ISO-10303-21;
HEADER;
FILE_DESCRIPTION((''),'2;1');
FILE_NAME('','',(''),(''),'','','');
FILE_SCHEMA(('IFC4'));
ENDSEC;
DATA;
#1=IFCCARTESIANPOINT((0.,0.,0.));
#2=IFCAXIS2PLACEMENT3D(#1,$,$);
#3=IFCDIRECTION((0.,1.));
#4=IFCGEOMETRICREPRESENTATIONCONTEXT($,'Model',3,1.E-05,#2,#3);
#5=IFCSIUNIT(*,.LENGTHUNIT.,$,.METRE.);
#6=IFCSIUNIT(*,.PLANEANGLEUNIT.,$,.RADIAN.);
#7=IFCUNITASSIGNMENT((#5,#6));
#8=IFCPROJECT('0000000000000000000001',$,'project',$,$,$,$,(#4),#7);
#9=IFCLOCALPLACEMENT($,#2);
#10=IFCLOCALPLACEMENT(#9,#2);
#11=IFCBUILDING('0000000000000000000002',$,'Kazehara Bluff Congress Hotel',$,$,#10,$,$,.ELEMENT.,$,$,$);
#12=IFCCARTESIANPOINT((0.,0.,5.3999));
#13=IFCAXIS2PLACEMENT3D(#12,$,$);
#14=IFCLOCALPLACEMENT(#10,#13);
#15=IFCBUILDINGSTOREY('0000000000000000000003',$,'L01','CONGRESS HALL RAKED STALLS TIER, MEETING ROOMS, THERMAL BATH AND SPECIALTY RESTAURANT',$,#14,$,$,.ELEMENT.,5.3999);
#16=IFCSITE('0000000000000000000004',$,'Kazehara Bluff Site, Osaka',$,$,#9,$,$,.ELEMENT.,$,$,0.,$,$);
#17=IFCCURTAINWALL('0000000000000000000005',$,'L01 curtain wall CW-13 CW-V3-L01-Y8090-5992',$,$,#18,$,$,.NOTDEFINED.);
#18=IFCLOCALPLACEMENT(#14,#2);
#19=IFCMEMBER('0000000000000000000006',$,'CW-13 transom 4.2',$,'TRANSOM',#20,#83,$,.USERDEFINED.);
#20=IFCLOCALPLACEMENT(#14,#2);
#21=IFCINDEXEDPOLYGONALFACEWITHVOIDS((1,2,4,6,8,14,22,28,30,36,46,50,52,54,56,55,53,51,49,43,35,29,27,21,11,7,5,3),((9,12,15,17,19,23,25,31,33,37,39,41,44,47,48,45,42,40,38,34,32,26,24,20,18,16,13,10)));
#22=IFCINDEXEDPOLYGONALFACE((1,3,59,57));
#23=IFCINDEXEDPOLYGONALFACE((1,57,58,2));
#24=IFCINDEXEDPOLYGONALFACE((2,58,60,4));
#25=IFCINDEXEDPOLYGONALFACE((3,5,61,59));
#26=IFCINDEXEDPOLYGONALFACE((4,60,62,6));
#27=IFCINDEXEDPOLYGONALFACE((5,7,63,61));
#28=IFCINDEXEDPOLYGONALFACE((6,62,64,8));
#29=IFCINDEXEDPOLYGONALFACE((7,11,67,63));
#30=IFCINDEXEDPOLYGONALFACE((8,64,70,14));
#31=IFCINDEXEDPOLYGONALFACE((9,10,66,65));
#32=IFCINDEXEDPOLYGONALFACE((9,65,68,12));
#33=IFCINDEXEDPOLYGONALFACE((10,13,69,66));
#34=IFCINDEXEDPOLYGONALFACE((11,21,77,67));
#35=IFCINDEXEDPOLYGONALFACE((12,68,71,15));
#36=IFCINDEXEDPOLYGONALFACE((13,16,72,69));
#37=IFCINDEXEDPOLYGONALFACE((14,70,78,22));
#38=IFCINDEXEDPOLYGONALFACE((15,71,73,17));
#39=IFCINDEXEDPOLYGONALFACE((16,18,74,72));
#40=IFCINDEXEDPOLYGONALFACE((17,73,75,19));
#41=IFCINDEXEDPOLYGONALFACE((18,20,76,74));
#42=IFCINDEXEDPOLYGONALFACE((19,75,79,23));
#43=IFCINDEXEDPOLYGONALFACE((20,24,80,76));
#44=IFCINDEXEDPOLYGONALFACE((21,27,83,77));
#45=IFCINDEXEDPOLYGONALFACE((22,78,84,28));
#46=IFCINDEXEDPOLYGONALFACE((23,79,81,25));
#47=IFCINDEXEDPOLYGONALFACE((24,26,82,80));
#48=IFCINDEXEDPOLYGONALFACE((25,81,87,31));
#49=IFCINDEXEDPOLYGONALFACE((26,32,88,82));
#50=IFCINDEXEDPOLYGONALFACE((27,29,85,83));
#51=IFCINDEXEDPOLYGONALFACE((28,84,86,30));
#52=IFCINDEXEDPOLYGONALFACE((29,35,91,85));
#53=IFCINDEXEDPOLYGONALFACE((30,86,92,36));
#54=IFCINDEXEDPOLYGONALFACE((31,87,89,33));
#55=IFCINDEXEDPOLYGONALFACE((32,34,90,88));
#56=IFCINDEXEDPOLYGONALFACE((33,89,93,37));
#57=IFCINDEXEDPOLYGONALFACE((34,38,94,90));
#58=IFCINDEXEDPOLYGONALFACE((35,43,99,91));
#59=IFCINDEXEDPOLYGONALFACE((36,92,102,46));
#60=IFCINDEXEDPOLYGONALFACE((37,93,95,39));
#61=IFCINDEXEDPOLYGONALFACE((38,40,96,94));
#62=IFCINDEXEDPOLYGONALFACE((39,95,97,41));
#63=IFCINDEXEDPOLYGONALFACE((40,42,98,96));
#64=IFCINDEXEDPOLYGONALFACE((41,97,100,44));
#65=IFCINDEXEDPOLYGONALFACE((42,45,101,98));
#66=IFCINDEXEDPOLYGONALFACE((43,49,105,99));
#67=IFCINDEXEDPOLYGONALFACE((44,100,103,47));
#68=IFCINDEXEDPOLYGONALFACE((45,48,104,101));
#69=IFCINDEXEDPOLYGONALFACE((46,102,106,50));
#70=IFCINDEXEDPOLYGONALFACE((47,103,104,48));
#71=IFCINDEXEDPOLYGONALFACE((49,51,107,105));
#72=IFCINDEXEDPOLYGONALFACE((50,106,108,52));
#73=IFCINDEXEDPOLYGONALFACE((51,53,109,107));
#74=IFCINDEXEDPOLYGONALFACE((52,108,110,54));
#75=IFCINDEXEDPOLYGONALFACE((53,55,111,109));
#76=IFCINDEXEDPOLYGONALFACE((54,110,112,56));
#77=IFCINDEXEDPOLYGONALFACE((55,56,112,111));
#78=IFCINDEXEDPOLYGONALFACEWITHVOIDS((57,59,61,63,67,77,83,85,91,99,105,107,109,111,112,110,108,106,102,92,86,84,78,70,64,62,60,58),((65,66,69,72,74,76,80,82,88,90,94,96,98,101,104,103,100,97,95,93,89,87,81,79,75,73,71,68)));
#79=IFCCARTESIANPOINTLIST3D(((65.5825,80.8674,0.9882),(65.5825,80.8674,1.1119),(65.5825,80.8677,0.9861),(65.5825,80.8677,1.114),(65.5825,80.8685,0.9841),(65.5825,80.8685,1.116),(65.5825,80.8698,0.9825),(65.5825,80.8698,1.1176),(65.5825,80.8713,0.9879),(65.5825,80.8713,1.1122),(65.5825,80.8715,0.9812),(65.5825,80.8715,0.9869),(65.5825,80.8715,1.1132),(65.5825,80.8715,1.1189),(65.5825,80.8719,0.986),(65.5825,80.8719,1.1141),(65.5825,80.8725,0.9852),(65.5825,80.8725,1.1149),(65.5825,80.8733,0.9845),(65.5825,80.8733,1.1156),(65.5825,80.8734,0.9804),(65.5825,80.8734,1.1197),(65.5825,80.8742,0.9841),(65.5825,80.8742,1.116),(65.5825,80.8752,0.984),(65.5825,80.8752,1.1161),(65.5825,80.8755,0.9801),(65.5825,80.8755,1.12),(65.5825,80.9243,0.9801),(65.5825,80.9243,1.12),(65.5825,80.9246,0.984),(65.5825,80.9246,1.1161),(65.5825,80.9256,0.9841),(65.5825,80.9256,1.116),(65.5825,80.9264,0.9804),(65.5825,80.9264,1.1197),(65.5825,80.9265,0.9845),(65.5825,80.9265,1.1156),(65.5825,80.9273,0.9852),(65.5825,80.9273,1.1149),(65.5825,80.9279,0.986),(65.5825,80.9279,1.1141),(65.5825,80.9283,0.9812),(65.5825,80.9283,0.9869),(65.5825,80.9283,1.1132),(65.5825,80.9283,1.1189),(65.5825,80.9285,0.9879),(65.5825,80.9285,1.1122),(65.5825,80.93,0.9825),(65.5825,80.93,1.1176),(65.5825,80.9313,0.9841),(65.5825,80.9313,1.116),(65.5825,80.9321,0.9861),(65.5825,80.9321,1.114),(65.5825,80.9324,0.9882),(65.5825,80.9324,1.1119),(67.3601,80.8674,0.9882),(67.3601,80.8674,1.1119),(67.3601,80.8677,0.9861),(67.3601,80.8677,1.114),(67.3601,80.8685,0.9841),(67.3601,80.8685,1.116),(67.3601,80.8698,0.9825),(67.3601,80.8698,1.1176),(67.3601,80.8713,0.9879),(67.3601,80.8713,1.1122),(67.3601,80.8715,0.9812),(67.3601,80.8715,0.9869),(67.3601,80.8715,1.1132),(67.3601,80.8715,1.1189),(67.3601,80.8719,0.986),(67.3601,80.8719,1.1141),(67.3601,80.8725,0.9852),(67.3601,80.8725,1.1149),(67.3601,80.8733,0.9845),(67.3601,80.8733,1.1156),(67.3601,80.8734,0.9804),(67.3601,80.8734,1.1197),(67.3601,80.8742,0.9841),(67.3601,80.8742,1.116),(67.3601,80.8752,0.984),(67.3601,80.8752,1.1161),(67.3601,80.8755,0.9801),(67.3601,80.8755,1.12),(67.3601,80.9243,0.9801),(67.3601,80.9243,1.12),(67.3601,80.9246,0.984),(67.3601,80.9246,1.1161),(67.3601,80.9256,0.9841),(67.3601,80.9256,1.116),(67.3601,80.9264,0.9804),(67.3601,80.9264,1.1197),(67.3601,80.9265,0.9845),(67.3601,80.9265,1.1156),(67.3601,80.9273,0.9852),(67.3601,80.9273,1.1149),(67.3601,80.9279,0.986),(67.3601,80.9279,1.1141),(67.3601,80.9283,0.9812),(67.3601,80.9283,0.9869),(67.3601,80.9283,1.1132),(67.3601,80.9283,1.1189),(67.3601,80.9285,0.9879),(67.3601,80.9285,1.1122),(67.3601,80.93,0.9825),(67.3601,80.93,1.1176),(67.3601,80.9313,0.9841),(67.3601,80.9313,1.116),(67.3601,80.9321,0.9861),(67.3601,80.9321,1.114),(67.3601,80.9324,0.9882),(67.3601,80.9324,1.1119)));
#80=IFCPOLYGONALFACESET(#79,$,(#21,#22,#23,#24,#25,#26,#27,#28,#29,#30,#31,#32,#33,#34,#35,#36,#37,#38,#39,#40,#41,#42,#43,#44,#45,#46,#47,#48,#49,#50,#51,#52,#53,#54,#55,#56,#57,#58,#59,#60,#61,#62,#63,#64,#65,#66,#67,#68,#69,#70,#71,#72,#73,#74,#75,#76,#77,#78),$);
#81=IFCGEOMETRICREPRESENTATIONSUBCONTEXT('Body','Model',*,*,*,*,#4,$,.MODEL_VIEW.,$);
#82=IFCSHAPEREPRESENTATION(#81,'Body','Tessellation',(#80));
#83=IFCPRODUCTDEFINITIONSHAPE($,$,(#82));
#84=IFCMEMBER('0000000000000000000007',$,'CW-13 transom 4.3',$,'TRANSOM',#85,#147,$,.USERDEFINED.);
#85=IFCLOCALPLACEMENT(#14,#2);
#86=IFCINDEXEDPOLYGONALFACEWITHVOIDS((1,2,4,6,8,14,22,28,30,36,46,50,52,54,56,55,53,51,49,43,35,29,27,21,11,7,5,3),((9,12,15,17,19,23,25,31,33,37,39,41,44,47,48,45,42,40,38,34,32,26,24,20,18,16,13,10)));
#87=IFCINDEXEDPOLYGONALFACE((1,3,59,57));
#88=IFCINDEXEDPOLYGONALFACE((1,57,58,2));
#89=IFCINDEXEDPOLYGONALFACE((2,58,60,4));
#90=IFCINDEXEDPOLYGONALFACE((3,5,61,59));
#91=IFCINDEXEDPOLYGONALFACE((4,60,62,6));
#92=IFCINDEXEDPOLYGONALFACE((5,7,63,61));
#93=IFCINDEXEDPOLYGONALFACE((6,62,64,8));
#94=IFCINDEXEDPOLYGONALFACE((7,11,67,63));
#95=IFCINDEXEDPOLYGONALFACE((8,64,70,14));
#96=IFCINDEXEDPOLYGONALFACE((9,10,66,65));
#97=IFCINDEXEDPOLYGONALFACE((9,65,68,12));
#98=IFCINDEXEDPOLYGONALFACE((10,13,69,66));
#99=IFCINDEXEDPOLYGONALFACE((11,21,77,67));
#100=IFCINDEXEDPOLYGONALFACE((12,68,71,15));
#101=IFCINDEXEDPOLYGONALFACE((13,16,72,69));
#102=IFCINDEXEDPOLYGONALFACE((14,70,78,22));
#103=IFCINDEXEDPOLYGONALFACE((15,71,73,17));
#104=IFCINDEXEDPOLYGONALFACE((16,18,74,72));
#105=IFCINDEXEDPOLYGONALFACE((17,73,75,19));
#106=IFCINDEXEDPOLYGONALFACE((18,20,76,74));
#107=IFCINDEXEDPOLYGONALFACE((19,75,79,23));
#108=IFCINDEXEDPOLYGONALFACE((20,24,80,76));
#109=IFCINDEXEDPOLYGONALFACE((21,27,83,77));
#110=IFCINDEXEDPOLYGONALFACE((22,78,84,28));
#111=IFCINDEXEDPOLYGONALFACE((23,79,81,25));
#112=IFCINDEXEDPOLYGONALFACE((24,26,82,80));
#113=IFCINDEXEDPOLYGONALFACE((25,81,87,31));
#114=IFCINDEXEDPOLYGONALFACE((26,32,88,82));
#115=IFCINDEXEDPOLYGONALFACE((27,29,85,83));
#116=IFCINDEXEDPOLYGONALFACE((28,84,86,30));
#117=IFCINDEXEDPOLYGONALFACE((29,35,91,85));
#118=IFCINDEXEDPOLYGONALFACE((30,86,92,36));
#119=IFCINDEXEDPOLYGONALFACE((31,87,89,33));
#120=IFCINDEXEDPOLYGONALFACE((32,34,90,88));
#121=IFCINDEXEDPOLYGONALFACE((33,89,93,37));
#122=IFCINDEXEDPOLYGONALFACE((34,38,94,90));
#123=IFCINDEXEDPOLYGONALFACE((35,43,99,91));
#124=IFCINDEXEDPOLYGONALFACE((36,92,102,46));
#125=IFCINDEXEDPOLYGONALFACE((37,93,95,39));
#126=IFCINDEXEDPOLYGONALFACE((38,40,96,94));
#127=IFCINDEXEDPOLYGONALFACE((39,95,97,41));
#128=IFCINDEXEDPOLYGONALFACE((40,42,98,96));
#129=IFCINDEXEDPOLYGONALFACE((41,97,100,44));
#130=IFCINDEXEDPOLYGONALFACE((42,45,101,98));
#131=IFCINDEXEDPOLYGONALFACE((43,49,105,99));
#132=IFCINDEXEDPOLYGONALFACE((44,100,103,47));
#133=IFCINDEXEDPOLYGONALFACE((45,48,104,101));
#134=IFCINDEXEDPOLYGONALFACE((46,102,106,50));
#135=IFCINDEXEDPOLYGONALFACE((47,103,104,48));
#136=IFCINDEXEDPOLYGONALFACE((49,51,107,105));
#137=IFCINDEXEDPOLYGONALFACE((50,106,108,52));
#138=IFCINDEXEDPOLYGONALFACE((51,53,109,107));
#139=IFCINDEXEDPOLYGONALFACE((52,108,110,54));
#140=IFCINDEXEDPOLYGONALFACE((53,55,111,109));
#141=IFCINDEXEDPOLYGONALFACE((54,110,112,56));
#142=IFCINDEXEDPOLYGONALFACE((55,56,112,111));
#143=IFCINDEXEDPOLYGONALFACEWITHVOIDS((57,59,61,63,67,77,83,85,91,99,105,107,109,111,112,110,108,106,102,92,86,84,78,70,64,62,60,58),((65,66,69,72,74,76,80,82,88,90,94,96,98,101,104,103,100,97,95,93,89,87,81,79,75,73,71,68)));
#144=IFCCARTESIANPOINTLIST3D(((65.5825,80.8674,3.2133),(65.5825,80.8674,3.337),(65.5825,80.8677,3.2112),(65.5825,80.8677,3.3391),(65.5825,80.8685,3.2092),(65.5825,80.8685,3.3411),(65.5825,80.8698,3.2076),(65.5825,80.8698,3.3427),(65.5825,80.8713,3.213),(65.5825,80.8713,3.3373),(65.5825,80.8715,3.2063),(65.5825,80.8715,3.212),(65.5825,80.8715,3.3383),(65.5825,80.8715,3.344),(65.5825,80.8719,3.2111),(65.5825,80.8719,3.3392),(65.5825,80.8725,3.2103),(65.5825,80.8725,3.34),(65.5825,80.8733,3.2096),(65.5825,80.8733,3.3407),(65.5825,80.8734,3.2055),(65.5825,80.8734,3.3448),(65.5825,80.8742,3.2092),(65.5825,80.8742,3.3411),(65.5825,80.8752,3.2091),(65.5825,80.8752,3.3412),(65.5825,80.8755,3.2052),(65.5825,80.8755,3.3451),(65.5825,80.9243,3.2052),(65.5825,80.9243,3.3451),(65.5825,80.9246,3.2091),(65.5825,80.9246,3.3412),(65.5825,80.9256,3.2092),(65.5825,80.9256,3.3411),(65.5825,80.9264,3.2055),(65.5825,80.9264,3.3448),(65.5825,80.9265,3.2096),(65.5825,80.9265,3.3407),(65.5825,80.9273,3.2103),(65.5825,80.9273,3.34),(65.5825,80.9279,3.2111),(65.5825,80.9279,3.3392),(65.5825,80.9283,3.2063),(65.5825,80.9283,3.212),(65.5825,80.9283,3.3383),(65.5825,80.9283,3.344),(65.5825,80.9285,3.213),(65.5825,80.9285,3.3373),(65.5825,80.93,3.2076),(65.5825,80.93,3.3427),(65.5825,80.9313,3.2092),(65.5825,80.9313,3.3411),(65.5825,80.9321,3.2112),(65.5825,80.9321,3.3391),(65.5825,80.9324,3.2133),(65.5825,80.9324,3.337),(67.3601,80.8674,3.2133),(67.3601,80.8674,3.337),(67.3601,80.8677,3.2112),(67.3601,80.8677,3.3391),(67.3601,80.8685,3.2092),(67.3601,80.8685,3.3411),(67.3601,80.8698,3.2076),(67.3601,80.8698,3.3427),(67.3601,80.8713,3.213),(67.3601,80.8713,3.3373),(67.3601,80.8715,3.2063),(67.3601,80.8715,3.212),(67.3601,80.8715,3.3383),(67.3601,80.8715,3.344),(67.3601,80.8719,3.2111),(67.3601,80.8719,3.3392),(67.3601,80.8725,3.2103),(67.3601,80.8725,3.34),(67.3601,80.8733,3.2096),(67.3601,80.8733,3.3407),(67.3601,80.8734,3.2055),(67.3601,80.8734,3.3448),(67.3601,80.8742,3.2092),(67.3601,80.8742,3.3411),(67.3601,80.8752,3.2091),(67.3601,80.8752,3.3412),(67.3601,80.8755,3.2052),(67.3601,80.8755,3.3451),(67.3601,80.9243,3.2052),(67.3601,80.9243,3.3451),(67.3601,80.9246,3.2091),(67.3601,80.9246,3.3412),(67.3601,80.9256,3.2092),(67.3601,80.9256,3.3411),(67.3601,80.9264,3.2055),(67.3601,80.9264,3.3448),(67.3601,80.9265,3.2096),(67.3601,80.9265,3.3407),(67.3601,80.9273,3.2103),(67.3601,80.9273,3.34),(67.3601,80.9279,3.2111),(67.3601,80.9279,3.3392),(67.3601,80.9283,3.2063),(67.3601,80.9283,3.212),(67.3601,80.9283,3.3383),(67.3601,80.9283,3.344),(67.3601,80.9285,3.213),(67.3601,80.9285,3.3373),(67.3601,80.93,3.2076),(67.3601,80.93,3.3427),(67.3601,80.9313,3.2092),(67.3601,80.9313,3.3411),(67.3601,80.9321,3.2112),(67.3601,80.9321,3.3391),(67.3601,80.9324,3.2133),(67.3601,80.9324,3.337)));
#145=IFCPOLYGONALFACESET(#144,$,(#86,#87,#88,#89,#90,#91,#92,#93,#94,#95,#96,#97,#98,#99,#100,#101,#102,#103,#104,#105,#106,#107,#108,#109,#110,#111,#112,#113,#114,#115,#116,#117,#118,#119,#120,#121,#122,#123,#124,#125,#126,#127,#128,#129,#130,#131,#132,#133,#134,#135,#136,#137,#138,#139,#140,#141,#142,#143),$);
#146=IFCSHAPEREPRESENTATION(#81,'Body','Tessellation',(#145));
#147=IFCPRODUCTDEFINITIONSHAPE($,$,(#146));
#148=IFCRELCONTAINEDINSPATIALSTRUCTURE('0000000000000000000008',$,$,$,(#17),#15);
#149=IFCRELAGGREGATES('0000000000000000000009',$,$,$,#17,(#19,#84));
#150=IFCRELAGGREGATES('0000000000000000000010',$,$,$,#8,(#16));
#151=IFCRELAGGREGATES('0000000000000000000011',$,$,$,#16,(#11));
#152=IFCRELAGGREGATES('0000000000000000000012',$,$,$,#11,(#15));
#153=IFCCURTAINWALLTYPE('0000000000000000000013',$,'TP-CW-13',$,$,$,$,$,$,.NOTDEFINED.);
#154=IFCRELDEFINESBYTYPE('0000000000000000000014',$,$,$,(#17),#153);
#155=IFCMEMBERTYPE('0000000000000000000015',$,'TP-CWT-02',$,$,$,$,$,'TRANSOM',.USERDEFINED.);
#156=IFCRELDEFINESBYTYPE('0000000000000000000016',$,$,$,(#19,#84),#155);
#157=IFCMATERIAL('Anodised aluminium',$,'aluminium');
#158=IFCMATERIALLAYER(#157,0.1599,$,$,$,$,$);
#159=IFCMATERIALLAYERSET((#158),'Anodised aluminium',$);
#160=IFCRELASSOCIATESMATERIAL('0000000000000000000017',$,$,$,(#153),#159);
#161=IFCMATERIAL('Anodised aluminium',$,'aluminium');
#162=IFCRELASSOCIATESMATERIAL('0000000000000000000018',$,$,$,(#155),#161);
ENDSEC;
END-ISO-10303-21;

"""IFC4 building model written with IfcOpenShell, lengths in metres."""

from ifc_helpers import new_model, si_unit, direction, frame, origin, origin_2d, place, context, subcontext, project, spatial, hollow_rectangle, extrude, material, layer, layer_set, material_profile, profile_set, type_object, element, aggregate, save


model = new_model("IFC4")

# Units and contexts
model_context = context("Model", 3, precision=1e-05, world=origin(), true_north=direction((0.0, 1.0)))
body_context = subcontext(model_context, "Body", "Model", "MODEL_VIEW")
ifc_project = project(units=[si_unit("LENGTHUNIT", "METRE"), si_unit("PLANEANGLEUNIT", "RADIAN")], contexts=[model_context])

# Site, building, storey
site_placement = place(None, origin())
site = spatial("IfcSite", under=ifc_project, at=site_placement, Name="Kazehara Bluff Site, Osaka", CompositionType="ELEMENT", RefElevation=0.0)
building_placement = place(site_placement, origin())
building = spatial("IfcBuilding", under=site, at=building_placement, Name="Kazehara Bluff Congress Hotel", CompositionType="ELEMENT")
storey_placement = place(building_placement, frame((0.0, 0.0, 5.3999)))
storey = spatial("IfcBuildingStorey", under=building, at=storey_placement, Name="L01", Description="CONGRESS HALL RAKED STALLS TIER, MEETING ROOMS, THERMAL BATH AND SPECIALTY RESTAURANT", CompositionType="ELEMENT", Elevation=5.3999)

# Curtain wall
ifc_material_1 = material(Name="Anodised aluminium", Category="aluminium")
ifc_layer_1 = layer(ifc_material_1, 0.1599)
ifc_layer_set_1 = layer_set([ifc_layer_1], Name="Anodised aluminium")
curtain_wall_type_1 = type_object("IfcCurtainWallType", Name="TP-CW-13", PredefinedType="NOTDEFINED", material=ifc_layer_set_1)
curtain_wall_1_placement = place(storey_placement, origin())
curtain_wall_1 = element("IfcCurtainWall", 1, at=curtain_wall_1_placement, inside=storey, type_object=curtain_wall_type_1, Name="L01 curtain wall CW-13 CW-V3-L01-Y8090-5992", PredefinedType="NOTDEFINED")
ifc_material_2 = material(Name="Anodised aluminium", Category="aluminium")
ifc_material_profile_1 = material_profile(ifc_material_2, hollow_rectangle(XDim=0.0649, YDim=0.1399, WallThickness=0.0039, InnerFilletRadius=0.0039, OuterFilletRadius=0.0081, at=origin_2d()))
ifc_profile_set_1 = profile_set([ifc_material_profile_1], Name="Anodised aluminium")
member_type_1 = type_object("IfcMemberType", Name="TP-CWT-02", ElementType="TRANSOM", PredefinedType="USERDEFINED", material=ifc_profile_set_1)

# Members
member_1_placement = place(storey_placement, frame((65.5825, 80.8999, 1.05), z_axis=(1.0, 0.0, 0.0), x_axis=(0.0, 1.0, 0.0)))
member_1 = element("IfcMember", 2, at=member_1_placement, type_object=member_type_1, Name="CW-13 transom 4.2", ObjectType="TRANSOM", PredefinedType="USERDEFINED", context=body_context, shape_type="SweptSolid", body=[
    extrude(hollow_rectangle(XDim=0.0649, YDim=0.1399, WallThickness=0.0039, InnerFilletRadius=0.0039, OuterFilletRadius=0.0081, at=origin_2d()), origin(), (0.0, 0.0, 1.0), 1.7776),
])
member_2_placement = place(storey_placement, frame((65.5825, 80.8999, 3.2751), z_axis=(1.0, 0.0, 0.0), x_axis=(0.0, 1.0, 0.0)))
member_2 = element("IfcMember", 3, at=member_2_placement, type_object=member_type_1, Name="CW-13 transom 4.3", ObjectType="TRANSOM", PredefinedType="USERDEFINED", context=body_context, shape_type="SweptSolid", body=[
    extrude(hollow_rectangle(XDim=0.0649, YDim=0.1399, WallThickness=0.0039, InnerFilletRadius=0.0039, OuterFilletRadius=0.0081, at=origin_2d()), origin(), (0.0, 0.0, 1.0), 1.7776),
])

aggregate(curtain_wall_1, [member_1, member_2])

save(model, "model.ifc")
